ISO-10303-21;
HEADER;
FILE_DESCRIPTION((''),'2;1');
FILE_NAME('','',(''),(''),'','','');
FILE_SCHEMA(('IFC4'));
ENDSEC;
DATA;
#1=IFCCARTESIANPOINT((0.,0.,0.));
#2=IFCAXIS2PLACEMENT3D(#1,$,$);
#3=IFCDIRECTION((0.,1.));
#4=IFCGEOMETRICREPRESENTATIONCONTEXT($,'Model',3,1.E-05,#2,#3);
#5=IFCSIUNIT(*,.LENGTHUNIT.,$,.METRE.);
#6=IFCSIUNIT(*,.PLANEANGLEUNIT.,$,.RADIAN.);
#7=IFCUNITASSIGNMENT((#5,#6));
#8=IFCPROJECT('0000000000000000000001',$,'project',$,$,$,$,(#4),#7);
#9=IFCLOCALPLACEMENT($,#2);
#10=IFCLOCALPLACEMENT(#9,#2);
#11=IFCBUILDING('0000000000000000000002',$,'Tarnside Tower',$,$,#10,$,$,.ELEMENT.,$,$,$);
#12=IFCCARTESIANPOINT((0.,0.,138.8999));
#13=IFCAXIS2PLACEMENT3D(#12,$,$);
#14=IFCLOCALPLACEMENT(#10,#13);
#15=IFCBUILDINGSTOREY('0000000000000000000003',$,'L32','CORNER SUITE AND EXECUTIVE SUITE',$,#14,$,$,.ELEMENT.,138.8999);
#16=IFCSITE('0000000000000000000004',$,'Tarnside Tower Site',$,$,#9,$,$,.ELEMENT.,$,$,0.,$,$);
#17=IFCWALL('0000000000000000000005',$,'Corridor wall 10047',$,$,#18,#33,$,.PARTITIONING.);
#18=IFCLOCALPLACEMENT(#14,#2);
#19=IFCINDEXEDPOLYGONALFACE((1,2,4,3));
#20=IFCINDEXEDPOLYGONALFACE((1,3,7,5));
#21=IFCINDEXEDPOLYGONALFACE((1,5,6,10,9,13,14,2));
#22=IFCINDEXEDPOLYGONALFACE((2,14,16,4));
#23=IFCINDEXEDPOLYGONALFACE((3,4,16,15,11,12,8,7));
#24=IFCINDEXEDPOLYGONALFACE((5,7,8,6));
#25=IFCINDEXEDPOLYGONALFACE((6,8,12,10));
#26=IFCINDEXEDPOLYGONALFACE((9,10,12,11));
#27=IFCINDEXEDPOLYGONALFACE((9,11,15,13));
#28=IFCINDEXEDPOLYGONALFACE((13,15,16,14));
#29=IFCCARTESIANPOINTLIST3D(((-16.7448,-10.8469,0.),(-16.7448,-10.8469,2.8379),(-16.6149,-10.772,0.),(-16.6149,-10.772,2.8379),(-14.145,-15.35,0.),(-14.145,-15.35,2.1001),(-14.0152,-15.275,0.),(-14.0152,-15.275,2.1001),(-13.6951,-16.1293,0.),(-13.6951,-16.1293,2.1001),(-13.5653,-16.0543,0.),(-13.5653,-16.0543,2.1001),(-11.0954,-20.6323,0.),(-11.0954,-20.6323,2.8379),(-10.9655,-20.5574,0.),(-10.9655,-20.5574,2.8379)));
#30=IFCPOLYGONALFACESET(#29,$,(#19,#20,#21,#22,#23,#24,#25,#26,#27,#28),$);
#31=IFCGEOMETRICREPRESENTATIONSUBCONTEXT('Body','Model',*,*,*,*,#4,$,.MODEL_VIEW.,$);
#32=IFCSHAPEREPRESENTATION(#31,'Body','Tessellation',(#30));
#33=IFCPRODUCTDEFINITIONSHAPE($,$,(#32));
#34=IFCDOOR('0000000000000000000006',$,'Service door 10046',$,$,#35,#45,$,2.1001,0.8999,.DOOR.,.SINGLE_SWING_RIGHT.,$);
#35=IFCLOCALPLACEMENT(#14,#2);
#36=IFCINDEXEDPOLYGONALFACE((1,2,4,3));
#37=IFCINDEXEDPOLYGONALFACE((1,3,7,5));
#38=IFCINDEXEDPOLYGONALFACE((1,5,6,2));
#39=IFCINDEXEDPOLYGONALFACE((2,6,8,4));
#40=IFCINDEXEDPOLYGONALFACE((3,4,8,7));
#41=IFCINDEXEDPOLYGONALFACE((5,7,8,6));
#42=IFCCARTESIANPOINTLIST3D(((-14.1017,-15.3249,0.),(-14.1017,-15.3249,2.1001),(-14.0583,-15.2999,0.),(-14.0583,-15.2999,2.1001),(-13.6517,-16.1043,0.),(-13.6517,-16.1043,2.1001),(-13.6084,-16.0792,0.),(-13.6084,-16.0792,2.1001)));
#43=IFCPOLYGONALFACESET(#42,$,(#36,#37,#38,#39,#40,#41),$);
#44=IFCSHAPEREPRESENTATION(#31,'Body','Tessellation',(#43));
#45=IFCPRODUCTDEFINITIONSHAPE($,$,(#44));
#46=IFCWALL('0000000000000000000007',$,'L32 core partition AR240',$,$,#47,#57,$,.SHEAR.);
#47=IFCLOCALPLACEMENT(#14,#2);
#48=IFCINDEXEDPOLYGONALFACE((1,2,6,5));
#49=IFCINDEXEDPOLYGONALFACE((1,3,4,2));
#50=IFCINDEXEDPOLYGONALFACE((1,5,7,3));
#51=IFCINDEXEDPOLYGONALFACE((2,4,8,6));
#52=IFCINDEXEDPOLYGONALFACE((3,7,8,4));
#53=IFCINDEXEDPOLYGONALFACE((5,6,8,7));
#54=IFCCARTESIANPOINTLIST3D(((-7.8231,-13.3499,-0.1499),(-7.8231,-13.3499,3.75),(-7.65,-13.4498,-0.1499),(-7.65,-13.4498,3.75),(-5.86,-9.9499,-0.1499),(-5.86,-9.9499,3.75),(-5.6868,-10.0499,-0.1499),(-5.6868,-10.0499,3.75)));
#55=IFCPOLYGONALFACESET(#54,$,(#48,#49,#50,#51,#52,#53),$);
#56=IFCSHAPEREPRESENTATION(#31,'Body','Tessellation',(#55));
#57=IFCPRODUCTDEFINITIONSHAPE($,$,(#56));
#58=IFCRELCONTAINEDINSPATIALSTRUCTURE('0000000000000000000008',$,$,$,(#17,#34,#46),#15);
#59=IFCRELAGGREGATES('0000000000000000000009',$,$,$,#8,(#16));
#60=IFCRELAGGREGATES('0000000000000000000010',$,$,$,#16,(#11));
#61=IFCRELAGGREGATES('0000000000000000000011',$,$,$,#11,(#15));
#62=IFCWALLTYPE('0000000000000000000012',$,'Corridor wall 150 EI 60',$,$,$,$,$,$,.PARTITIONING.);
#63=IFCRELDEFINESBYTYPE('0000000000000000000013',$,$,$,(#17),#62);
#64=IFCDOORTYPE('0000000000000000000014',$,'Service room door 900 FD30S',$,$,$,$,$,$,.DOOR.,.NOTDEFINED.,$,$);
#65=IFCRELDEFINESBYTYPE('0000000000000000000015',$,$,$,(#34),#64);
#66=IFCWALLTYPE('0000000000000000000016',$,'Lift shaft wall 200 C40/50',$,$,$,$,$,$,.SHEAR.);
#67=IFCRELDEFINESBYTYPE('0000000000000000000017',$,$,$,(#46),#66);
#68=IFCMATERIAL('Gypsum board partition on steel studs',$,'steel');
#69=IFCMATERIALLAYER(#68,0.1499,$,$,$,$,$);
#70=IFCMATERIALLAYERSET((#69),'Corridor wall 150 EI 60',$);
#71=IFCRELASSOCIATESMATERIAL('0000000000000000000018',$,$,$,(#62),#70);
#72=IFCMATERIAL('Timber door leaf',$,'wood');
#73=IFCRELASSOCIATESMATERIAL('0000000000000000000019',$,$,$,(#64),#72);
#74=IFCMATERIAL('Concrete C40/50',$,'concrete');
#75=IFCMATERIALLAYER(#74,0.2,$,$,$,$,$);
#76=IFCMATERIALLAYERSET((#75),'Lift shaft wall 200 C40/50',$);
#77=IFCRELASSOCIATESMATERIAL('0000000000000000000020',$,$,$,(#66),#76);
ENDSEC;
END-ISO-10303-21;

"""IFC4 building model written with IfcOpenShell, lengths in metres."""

from ifc_helpers import new_model, si_unit, direction, frame, frame_2d, origin, place, context, subcontext, project, spatial, rectangle, extrude, material, layer, layer_set, type_object, element, fill, save


model = new_model("IFC4")

# Units and contexts
model_context = context("Model", 3, precision=1e-05, world=origin(), true_north=direction((0.0, 1.0)))
body_context = subcontext(model_context, "Body", "Model", "MODEL_VIEW")
ifc_project = project(units=[si_unit("LENGTHUNIT", "METRE"), si_unit("PLANEANGLEUNIT", "RADIAN")], contexts=[model_context])

# Site, building, storey
site_placement = place(None, origin())
site = spatial("IfcSite", under=ifc_project, at=site_placement, Name="Tarnside Tower Site", CompositionType="ELEMENT", RefElevation=0.0)
building_placement = place(site_placement, origin())
building = spatial("IfcBuilding", under=site, at=building_placement, Name="Tarnside Tower", CompositionType="ELEMENT")
storey_placement = place(building_placement, frame((0.0, 0.0, 138.8999)))
storey = spatial("IfcBuildingStorey", under=building, at=storey_placement, Name="L32", Description="CORNER SUITE AND EXECUTIVE SUITE", CompositionType="ELEMENT", Elevation=138.8999)

# Shared definitions
ifc_material_1 = material(Name="Gypsum board partition on steel studs", Category="steel")

# Shared definitions
ifc_layer_1 = layer(ifc_material_1, 0.1499)
ifc_layer_set_1 = layer_set([ifc_layer_1], Name="Corridor wall 150 EI 60")
wall_type_1 = type_object("IfcWallType", Name="Corridor wall 150 EI 60", PredefinedType="PARTITIONING", material=ifc_layer_set_1)
ifc_material_2 = material(Name="Timber door leaf", Category="wood")

# Wall, opening, door
wall_1_placement = place(storey_placement, frame((-11.0305, -20.5947, 0.0), z_axis=(0.0, 0.0, 1.0), x_axis=(-0.499987, 0.866033, 0.0)))
wall_1 = element("IfcWall", 1, at=wall_1_placement, inside=storey, type_object=wall_type_1, Name="Corridor wall 10047", PredefinedType="PARTITIONING", context=body_context, shape_type="SweptSolid", body=[
    extrude(rectangle(XDim=11.2991, YDim=0.1499, at=frame_2d((5.6494, 0.0))), origin(), (0.0, 0.0, 1.0), 2.8379),
])
opening_1_placement = place(wall_1_placement, frame((5.1995, 0.0, 0.0)))
opening_1 = element("IfcOpeningElement", 2, at=opening_1_placement, cuts=wall_1, PredefinedType="OPENING", context=body_context, shape_type="SweptSolid", body=[
    extrude(rectangle(XDim=0.8999, YDim=2.1001, at=frame_2d((0.45, 1.05))), frame((0.0, 0.085, 0.0), z_axis=(0.0, -1.0, 0.0), x_axis=(1.0, 0.0, 0.0)), (0.0, 0.0, 1.0), 0.1699),
])
door_type_1 = type_object("IfcDoorType", Name="Service room door 900 FD30S", OperationType="NOTDEFINED", PredefinedType="DOOR", material=ifc_material_2)
door_1_placement = place(opening_1_placement, origin())
door_1 = element("IfcDoor", 3, at=door_1_placement, inside=storey, type_object=door_type_1, Name="Service door 10046", OperationType="SINGLE_SWING_RIGHT", OverallHeight=2.1001, OverallWidth=0.8999, PredefinedType="DOOR", context=body_context, shape_type="SweptSolid", body=[
    extrude(rectangle(XDim=0.8999, YDim=2.1001, at=frame_2d((0.45, 1.05))), frame((0.0, 0.0249, 0.0), z_axis=(0.0, -1.0, 0.0), x_axis=(1.0, 0.0, 0.0)), (0.0, 0.0, 1.0), 0.05),
])
fill(opening_1, door_1)

# Wall
ifc_material_3 = material(Name="Concrete C40/50", Category="concrete")
ifc_layer_2 = layer(ifc_material_3, 0.2)
ifc_layer_set_2 = layer_set([ifc_layer_2], Name="Lift shaft wall 200 C40/50")
wall_type_2 = type_object("IfcWallType", Name="Lift shaft wall 200 C40/50", PredefinedType="SHEAR", material=ifc_layer_set_2)
wall_2_placement = place(storey_placement, frame((-5.7734, -10.0, -0.1499), z_axis=(0.0, 0.0, 1.0), x_axis=(-0.500038, -0.866003, 0.0)))
element("IfcWall", 4, at=wall_2_placement, inside=storey, type_object=wall_type_2, Name="L32 core partition AR240", PredefinedType="SHEAR", context=body_context, shape_type="SweptSolid", body=[
    extrude(rectangle(XDim=3.926, YDim=0.2, at=frame_2d((1.9629, 0.0))), origin(), (0.0, 0.0, 1.0), 3.8999),
])

save(model, "model.ifc")
